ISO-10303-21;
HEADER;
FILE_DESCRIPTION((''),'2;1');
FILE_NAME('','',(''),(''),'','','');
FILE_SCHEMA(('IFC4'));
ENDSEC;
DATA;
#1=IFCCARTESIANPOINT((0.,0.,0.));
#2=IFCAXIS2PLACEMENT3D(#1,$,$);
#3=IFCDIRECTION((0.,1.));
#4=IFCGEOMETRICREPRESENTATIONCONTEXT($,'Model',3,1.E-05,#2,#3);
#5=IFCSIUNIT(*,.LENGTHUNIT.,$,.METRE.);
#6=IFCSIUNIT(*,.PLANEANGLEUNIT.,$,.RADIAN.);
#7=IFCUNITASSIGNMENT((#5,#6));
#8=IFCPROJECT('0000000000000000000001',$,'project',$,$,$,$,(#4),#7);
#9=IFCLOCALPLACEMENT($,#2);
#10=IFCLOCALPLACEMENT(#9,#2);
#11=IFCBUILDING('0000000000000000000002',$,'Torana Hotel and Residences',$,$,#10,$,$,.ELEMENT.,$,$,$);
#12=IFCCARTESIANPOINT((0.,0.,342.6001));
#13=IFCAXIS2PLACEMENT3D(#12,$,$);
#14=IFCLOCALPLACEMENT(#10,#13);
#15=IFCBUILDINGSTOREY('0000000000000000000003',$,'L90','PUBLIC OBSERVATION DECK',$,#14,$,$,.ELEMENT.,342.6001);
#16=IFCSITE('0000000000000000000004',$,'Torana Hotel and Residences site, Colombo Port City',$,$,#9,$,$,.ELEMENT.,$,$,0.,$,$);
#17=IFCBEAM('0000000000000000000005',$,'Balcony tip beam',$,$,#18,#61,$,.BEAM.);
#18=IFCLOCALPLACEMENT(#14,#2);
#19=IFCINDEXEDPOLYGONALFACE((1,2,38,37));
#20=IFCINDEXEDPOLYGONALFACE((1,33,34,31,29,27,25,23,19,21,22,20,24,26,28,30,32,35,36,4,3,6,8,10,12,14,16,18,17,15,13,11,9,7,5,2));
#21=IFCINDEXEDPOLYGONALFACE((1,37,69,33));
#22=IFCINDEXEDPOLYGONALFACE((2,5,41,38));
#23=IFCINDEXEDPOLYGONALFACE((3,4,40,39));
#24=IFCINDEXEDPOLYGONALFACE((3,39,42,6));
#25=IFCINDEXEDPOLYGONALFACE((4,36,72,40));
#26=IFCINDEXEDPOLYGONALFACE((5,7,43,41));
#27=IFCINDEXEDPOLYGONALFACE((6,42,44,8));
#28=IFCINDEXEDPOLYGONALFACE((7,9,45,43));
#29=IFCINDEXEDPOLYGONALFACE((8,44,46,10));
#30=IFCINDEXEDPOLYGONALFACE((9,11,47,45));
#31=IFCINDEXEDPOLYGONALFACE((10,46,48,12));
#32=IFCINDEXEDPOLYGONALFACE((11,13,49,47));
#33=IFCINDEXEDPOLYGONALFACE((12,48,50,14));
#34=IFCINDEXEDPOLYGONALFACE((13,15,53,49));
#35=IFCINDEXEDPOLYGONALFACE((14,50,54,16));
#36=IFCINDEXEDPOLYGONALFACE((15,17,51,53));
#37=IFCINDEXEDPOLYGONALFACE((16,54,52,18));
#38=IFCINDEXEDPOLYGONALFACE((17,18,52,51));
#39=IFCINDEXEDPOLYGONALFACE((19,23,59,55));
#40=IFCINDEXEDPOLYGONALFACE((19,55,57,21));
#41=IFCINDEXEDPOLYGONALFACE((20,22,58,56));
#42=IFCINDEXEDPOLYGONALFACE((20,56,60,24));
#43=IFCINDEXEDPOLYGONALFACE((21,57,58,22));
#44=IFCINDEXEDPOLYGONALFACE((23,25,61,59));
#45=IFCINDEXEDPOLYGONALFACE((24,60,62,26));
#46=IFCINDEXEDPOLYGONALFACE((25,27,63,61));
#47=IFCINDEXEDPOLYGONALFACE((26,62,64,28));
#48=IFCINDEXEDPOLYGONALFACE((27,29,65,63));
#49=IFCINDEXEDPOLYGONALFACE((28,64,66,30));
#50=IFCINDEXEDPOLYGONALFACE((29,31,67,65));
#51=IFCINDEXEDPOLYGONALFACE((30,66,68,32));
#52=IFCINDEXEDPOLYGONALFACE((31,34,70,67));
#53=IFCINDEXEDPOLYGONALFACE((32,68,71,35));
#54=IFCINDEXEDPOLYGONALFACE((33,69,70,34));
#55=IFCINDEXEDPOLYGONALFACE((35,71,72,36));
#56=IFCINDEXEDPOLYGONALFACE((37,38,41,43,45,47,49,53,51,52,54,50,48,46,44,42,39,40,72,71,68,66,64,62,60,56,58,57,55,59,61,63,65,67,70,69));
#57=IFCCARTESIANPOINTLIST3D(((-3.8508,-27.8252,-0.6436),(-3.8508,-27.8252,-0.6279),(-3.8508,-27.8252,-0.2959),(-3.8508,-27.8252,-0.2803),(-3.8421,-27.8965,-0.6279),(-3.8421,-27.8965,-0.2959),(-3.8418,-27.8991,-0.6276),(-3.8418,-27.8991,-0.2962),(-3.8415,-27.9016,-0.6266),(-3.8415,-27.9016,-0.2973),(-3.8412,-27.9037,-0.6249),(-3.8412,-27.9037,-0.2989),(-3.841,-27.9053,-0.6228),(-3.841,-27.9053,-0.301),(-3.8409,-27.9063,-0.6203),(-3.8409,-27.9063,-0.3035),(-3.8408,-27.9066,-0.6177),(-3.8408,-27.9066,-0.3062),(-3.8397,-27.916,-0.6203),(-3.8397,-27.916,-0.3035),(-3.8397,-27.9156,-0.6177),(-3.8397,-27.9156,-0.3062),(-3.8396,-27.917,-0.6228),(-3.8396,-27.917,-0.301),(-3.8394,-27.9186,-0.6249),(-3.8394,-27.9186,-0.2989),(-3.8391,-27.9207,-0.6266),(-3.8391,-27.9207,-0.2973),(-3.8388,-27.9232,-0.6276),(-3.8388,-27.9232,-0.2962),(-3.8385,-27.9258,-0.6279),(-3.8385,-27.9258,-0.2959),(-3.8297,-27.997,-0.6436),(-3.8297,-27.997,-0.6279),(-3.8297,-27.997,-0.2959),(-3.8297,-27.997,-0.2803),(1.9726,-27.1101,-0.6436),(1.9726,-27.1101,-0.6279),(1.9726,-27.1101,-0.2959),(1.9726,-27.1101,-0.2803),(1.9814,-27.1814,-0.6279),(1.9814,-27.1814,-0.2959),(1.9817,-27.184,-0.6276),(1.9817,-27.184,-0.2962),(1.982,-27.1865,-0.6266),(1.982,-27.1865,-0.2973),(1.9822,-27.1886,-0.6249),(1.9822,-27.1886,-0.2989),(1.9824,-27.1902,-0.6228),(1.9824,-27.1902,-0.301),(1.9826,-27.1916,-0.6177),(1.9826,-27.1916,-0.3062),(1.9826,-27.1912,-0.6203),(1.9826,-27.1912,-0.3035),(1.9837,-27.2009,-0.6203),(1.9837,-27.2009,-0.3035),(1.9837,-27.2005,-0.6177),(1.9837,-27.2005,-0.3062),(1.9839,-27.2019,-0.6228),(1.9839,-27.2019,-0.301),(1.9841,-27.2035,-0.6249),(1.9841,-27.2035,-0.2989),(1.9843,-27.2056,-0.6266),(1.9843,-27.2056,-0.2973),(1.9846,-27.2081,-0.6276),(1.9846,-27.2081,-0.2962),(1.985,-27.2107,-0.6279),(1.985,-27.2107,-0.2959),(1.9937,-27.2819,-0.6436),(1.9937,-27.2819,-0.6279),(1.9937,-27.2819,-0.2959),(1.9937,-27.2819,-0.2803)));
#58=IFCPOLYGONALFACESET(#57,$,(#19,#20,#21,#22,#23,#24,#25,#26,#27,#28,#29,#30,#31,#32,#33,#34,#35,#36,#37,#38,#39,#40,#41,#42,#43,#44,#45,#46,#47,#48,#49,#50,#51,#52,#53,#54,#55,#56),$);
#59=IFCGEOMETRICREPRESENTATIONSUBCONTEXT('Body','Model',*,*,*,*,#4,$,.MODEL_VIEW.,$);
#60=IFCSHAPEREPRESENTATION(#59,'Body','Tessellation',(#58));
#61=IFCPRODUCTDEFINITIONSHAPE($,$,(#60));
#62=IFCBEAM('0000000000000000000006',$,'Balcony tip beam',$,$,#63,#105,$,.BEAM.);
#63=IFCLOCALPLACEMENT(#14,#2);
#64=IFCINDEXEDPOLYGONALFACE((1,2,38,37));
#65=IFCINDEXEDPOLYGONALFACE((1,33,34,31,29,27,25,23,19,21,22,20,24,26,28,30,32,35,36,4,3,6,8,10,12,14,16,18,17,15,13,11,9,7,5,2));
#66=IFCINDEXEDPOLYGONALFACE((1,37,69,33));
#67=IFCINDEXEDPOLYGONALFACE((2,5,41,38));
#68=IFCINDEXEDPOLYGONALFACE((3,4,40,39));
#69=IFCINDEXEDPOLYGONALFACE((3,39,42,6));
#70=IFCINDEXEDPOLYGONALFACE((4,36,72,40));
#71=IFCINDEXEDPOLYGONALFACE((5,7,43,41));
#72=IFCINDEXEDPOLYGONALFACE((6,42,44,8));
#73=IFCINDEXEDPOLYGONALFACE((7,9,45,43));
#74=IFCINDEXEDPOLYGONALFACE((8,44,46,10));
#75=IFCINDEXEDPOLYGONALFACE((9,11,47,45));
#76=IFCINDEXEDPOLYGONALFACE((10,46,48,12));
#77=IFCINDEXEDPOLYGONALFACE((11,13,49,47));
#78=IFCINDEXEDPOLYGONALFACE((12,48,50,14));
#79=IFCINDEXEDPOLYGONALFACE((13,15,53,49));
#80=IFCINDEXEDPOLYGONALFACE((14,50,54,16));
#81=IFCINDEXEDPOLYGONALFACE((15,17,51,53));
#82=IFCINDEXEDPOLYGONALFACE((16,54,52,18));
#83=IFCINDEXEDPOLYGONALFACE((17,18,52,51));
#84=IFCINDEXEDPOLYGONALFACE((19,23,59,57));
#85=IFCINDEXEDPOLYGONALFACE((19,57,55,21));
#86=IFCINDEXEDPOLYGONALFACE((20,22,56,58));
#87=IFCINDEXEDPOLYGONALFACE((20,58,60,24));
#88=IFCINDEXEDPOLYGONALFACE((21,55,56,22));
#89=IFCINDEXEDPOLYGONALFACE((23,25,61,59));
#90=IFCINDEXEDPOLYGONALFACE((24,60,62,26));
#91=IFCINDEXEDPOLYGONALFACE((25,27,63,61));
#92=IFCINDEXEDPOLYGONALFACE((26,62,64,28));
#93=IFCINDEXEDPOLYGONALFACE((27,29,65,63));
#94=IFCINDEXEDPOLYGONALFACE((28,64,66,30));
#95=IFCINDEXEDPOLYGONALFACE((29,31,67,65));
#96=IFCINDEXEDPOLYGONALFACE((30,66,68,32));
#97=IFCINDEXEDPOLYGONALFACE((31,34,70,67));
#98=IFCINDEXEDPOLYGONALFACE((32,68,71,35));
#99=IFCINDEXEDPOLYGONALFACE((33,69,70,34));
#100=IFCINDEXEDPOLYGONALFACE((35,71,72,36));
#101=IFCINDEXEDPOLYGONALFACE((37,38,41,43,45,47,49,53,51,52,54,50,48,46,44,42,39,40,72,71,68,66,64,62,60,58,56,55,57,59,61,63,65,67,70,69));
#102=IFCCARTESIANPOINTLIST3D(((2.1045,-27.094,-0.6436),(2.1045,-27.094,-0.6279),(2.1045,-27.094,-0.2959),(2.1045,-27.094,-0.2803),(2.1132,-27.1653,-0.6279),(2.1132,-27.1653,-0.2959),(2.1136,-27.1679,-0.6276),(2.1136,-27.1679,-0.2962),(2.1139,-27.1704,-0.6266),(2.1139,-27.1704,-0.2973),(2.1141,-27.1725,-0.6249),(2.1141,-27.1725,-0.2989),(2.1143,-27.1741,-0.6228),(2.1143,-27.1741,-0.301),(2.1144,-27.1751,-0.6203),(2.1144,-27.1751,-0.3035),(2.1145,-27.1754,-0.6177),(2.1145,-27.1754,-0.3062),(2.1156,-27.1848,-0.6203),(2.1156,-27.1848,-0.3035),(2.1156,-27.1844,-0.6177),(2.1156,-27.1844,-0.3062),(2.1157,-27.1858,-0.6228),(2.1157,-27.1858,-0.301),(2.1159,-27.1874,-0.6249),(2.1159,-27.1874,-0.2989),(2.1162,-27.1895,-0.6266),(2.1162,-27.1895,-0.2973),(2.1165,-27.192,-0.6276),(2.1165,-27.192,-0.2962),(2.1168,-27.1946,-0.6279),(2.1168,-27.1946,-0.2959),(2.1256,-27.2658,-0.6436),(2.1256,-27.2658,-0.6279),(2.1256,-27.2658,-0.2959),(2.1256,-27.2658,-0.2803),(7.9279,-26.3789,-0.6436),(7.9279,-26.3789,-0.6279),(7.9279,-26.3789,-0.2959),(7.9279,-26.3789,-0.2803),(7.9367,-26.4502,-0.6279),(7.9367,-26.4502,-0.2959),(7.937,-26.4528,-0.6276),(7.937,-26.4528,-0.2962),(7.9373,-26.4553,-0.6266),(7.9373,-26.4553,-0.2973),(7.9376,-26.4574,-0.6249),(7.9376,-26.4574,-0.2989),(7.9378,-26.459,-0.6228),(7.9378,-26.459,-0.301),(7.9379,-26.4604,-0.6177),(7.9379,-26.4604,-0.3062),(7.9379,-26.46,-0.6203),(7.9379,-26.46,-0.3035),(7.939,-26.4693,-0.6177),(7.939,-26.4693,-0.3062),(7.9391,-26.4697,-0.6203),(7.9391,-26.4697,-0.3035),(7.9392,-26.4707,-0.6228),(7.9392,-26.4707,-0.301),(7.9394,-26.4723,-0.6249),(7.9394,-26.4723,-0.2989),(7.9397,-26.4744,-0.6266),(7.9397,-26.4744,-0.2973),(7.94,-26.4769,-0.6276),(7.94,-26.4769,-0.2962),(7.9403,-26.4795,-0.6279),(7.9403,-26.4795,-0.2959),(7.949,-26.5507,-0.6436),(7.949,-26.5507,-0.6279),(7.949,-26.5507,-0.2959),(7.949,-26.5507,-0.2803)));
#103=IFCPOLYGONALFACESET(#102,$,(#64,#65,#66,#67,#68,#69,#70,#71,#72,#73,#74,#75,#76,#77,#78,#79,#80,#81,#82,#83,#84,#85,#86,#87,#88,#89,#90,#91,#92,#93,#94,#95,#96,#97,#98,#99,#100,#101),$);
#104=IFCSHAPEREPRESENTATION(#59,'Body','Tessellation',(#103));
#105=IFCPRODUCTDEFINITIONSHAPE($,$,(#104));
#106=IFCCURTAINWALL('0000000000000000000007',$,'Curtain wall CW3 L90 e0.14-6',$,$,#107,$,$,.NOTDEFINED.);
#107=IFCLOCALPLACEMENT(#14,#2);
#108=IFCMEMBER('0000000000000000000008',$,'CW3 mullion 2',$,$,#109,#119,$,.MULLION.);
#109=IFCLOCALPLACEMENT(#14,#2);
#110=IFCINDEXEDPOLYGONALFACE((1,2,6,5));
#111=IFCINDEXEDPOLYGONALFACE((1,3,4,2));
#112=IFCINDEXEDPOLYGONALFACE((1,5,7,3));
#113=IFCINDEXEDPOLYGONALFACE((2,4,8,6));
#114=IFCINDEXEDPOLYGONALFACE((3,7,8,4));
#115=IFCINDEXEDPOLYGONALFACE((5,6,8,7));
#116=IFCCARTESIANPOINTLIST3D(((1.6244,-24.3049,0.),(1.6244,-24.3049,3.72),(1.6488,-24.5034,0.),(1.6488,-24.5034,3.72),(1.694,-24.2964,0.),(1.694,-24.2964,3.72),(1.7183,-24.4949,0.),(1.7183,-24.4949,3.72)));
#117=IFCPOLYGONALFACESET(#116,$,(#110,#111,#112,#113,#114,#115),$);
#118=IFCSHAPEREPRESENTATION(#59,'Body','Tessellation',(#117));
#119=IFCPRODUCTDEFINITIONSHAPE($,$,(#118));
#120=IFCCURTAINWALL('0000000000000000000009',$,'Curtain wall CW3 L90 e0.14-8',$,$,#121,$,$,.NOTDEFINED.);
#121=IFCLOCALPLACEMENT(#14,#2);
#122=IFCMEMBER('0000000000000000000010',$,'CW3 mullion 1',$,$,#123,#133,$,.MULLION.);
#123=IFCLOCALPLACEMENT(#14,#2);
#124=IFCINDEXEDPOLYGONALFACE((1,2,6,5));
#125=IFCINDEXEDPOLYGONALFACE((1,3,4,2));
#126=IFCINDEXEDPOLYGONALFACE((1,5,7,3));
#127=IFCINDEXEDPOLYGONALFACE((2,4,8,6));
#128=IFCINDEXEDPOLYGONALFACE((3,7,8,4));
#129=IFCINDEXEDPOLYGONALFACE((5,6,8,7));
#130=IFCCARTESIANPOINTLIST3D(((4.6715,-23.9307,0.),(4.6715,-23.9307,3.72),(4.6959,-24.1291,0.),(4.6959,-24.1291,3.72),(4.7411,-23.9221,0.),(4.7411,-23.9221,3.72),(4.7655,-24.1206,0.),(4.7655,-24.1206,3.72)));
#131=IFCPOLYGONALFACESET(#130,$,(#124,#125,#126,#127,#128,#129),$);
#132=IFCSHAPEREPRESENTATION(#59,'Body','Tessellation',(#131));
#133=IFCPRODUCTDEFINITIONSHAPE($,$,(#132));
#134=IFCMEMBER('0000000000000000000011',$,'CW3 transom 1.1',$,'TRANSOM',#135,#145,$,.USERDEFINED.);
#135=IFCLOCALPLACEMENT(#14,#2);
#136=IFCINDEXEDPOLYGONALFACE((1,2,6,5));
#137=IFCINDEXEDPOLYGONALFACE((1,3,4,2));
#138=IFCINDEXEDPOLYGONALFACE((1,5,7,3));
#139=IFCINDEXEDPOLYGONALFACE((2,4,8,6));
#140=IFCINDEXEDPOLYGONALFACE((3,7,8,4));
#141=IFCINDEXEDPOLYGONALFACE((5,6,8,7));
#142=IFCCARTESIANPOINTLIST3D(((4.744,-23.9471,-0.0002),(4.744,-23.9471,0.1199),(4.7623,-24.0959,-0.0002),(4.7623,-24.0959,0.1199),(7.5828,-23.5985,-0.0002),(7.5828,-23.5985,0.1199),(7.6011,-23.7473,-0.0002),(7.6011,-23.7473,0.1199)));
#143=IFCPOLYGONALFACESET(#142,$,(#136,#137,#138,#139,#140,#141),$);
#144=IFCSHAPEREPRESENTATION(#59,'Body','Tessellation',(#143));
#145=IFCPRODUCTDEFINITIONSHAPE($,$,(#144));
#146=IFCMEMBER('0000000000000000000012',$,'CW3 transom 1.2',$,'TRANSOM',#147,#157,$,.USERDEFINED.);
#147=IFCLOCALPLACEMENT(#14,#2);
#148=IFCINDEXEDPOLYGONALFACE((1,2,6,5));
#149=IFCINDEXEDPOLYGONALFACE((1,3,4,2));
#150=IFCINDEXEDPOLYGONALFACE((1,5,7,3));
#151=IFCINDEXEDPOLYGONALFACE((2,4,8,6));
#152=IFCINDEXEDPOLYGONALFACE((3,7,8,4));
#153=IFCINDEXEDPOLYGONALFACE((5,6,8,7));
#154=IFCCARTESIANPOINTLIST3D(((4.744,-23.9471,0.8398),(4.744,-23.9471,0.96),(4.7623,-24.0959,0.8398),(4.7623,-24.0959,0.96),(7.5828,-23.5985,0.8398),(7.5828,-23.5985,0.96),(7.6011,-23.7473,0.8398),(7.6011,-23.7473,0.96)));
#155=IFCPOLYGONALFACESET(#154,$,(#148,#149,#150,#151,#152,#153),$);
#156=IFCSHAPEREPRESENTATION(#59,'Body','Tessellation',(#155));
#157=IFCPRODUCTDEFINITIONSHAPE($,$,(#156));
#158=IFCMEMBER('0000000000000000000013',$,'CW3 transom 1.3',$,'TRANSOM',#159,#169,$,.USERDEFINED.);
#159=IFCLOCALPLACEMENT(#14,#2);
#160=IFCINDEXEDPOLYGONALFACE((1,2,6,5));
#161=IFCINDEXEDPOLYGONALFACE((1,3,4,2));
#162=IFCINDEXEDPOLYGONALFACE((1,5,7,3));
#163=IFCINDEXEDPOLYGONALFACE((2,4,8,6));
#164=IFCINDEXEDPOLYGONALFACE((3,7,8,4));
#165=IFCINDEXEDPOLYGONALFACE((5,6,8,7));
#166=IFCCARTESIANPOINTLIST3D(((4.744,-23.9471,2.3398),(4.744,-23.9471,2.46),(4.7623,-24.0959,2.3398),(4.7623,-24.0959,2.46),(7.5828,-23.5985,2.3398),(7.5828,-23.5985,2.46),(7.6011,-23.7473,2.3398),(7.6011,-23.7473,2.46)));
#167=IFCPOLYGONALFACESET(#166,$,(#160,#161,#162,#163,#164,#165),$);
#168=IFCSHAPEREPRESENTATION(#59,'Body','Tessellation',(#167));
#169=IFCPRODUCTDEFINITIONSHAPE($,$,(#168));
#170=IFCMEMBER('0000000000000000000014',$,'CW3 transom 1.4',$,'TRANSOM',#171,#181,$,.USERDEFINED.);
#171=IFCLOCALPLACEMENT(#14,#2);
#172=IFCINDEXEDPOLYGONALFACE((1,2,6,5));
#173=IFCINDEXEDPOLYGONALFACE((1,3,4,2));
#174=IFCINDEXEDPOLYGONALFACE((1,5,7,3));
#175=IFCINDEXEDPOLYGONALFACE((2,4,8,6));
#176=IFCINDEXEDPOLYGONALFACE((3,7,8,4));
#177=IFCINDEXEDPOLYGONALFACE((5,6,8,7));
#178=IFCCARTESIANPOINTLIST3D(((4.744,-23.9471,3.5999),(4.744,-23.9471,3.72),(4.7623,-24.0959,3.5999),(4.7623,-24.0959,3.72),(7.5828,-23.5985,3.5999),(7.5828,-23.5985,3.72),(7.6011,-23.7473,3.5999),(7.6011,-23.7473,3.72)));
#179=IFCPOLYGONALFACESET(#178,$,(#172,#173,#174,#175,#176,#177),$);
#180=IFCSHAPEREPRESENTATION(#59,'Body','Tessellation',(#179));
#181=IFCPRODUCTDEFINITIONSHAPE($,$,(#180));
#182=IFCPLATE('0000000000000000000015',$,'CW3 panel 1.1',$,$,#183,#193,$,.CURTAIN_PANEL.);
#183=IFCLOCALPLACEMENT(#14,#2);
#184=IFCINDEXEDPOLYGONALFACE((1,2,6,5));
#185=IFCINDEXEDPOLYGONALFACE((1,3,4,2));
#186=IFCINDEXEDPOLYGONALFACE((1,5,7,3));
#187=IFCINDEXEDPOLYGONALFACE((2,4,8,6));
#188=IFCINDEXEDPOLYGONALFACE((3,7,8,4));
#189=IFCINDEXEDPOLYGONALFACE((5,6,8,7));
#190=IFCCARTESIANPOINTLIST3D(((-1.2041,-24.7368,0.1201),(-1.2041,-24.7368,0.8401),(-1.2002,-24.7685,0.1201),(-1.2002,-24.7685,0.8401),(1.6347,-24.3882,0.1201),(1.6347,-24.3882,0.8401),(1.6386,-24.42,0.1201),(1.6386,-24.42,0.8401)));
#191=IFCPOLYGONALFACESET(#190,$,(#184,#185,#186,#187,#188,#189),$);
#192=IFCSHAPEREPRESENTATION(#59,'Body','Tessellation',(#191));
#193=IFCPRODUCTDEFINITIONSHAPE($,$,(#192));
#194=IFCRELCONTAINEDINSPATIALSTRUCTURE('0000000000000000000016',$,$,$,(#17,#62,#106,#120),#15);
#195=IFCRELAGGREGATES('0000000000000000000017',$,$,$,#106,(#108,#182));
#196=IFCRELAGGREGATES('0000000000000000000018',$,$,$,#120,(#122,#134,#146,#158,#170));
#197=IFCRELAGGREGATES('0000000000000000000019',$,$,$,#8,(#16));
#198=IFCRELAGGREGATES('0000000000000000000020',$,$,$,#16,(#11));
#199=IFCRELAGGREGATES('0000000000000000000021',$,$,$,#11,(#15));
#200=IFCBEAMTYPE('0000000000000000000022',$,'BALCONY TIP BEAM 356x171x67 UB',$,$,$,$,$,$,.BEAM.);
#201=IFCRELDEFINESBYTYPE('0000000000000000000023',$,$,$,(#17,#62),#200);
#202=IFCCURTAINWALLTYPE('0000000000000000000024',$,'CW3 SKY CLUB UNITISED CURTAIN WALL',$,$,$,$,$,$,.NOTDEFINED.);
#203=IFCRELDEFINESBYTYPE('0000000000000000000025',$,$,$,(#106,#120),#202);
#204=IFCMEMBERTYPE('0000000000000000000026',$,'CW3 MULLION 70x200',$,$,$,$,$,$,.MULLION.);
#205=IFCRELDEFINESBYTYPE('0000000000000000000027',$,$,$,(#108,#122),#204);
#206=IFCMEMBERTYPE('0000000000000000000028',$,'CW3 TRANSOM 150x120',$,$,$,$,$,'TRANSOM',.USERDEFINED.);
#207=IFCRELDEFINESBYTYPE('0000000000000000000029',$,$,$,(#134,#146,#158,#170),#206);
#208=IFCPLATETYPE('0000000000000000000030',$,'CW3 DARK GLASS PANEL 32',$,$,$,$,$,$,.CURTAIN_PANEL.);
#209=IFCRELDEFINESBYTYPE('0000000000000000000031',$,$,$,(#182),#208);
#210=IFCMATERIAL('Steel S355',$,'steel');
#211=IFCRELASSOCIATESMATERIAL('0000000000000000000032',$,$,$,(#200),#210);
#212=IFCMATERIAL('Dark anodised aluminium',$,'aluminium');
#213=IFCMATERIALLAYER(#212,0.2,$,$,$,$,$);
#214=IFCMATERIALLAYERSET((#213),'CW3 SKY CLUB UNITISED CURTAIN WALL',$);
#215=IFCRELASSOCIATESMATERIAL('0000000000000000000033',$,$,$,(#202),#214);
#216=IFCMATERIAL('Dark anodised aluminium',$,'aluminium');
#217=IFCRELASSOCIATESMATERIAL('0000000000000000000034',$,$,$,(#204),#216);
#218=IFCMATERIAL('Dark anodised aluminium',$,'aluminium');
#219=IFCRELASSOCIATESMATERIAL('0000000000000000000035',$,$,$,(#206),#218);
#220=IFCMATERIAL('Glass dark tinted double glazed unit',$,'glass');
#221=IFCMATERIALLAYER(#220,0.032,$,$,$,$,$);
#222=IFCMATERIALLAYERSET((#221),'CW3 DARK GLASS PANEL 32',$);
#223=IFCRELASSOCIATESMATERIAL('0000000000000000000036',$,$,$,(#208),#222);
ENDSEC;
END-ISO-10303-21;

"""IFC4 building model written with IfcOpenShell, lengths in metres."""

from ifc_helpers import new_model, si_unit, direction, frame, origin, origin_2d, place, context, subcontext, project, spatial, rectangle, i_section, extrude, material, layer, layer_set, material_profile, profile_set, type_object, element, aggregate, save


model = new_model("IFC4")

# Units and contexts
model_context = context("Model", 3, precision=1e-05, world=origin(), true_north=direction((0.0, 1.0)))
body_context = subcontext(model_context, "Body", "Model", "MODEL_VIEW")
ifc_project = project(units=[si_unit("LENGTHUNIT", "METRE"), si_unit("PLANEANGLEUNIT", "RADIAN")], contexts=[model_context])

# Site, building, storey
site_placement = place(None, origin())
site = spatial("IfcSite", under=ifc_project, at=site_placement, Name="Torana Hotel and Residences site, Colombo Port City", CompositionType="ELEMENT", RefElevation=0.0)
building_placement = place(site_placement, origin())
building = spatial("IfcBuilding", under=site, at=building_placement, Name="Torana Hotel and Residences", CompositionType="ELEMENT")
storey_placement = place(building_placement, frame((0.0, 0.0, 342.6001)))
storey = spatial("IfcBuildingStorey", under=building, at=storey_placement, Name="L90", Description="PUBLIC OBSERVATION DECK", CompositionType="ELEMENT", Elevation=342.6001)

# Beams
ifc_material_1 = material(Name="Steel S355", Category="steel")
ifc_material_profile_1 = material_profile(ifc_material_1, i_section(OverallWidth=0.1731, OverallDepth=0.3633, WebThickness=0.009, FlangeThickness=0.0156, FilletRadius=0.0103, at=origin_2d()), Name="356x171x67 UB")
ifc_profile_set_1 = profile_set([ifc_material_profile_1], Name="Steel S355")
beam_type = type_object("IfcBeamType", Name="BALCONY TIP BEAM 356x171x67 UB", PredefinedType="BEAM", material=ifc_profile_set_1)
for number, where, z_axis, x_axis, name in (
    (1, (1.9832, -27.196, -0.4619), (-0.992545, -0.121878, 0.0), (0.121878, -0.992545, 0.0), "Balcony tip beam"),
    (2, (7.9385, -26.4648, -0.4619), (-0.992545, -0.121878, 0.0), (0.121878, -0.992545, 0.0), "Balcony tip beam"),
):
    element("IfcBeam", number, at=place(storey_placement, frame(where, z_axis=z_axis, x_axis=x_axis)), inside=storey, type_object=beam_type, Name=name, PredefinedType="BEAM", context=body_context, shape_type="SweptSolid", body=[
        extrude(i_section(OverallWidth=0.1731, OverallDepth=0.3633, WebThickness=0.009, FlangeThickness=0.0156, FilletRadius=0.0103, at=origin_2d()), origin(), (0.0, 0.0, 1.0), 5.8672),
    ])

# Curtain wall, member
ifc_material_2 = material(Name="Dark anodised aluminium", Category="aluminium")
ifc_layer_1 = layer(ifc_material_2, 0.2)
ifc_layer_set_1 = layer_set([ifc_layer_1], Name="CW3 SKY CLUB UNITISED CURTAIN WALL")
curtain_wall_type = type_object("IfcCurtainWallType", Name="CW3 SKY CLUB UNITISED CURTAIN WALL", PredefinedType="NOTDEFINED", material=ifc_layer_set_1)
curtain_wall_1_placement = place(storey_placement, origin())
curtain_wall_1 = element("IfcCurtainWall", 3, at=curtain_wall_1_placement, inside=storey, type_object=curtain_wall_type, Name="Curtain wall CW3 L90 e0.14-6", PredefinedType="NOTDEFINED")
ifc_material_3 = material(Name="Dark anodised aluminium", Category="aluminium")
ifc_material_profile_2 = material_profile(ifc_material_3, rectangle(XDim=0.2, YDim=0.0701, at=origin_2d()), Name="CW3 MULLION 70x200")
ifc_profile_set_2 = profile_set([ifc_material_profile_2], Name="Dark anodised aluminium")
member_type_1 = type_object("IfcMemberType", Name="CW3 MULLION 70x200", PredefinedType="MULLION", material=ifc_profile_set_2)
member_1_placement = place(storey_placement, frame((1.6714, -24.3999, 0.0), z_axis=(0.0, 0.0, 1.0), x_axis=(-0.121864, 0.992547, 0.0)))
member_1 = element("IfcMember", 4, at=member_1_placement, type_object=member_type_1, Name="CW3 mullion 2", PredefinedType="MULLION", context=body_context, shape_type="SweptSolid", body=[
    extrude(rectangle(XDim=0.2, YDim=0.0701, at=origin_2d()), origin(), (0.0, 0.0, 1.0), 3.72),
])

# Curtain wall, members
curtain_wall_2_placement = place(storey_placement, origin())
curtain_wall_2 = element("IfcCurtainWall", 5, at=curtain_wall_2_placement, inside=storey, type_object=curtain_wall_type, Name="Curtain wall CW3 L90 e0.14-8", PredefinedType="NOTDEFINED")
member_2_placement = place(storey_placement, frame((4.7185, -24.0256, 0.0), z_axis=(0.0, 0.0, 1.0), x_axis=(-0.121868, 0.992546, 0.0)))
member_2 = element("IfcMember", 6, at=member_2_placement, type_object=member_type_1, Name="CW3 mullion 1", PredefinedType="MULLION", context=body_context, shape_type="SweptSolid", body=[
    extrude(rectangle(XDim=0.2, YDim=0.0701, at=origin_2d()), origin(), (0.0, 0.0, 1.0), 3.72),
])
ifc_material_4 = material(Name="Dark anodised aluminium", Category="aluminium")
ifc_material_profile_3 = material_profile(ifc_material_4, rectangle(XDim=0.1499, YDim=0.1201, at=origin_2d()), Name="CW3 TRANSOM 150x120")
ifc_profile_set_3 = profile_set([ifc_material_profile_3], Name="Dark anodised aluminium")
member_type_2 = type_object("IfcMemberType", Name="CW3 TRANSOM 150x120", ElementType="TRANSOM", PredefinedType="USERDEFINED", material=ifc_profile_set_3)
member_3_placement = place(storey_placement, frame((4.7532, -24.0215, 0.0598), z_axis=(0.992543, 0.121891, 0.0), x_axis=(-0.121891, 0.992543, 0.0)))
member_3 = element("IfcMember", 7, at=member_3_placement, type_object=member_type_2, Name="CW3 transom 1.1", ObjectType="TRANSOM", PredefinedType="USERDEFINED", context=body_context, shape_type="SweptSolid", body=[
    extrude(rectangle(XDim=0.1499, YDim=0.1201, at=origin_2d()), origin(), (0.0, 0.0, 1.0), 2.8601),
])
member_4_placement = place(storey_placement, frame((4.7532, -24.0215, 0.8999), z_axis=(0.992543, 0.121891, 0.0), x_axis=(-0.121891, 0.992543, 0.0)))
member_4 = element("IfcMember", 8, at=member_4_placement, type_object=member_type_2, Name="CW3 transom 1.2", ObjectType="TRANSOM", PredefinedType="USERDEFINED", context=body_context, shape_type="SweptSolid", body=[
    extrude(rectangle(XDim=0.1499, YDim=0.1201, at=origin_2d()), origin(), (0.0, 0.0, 1.0), 2.8601),
])
member_5_placement = place(storey_placement, frame((4.7532, -24.0215, 2.3999), z_axis=(0.992543, 0.121891, 0.0), x_axis=(-0.121891, 0.992543, 0.0)))
member_5 = element("IfcMember", 9, at=member_5_placement, type_object=member_type_2, Name="CW3 transom 1.3", ObjectType="TRANSOM", PredefinedType="USERDEFINED", context=body_context, shape_type="SweptSolid", body=[
    extrude(rectangle(XDim=0.1499, YDim=0.1201, at=origin_2d()), origin(), (0.0, 0.0, 1.0), 2.8601),
])
member_6_placement = place(storey_placement, frame((4.7532, -24.0215, 3.6599), z_axis=(0.992543, 0.121891, 0.0), x_axis=(-0.121891, 0.992543, 0.0)))
member_6 = element("IfcMember", 10, at=member_6_placement, type_object=member_type_2, Name="CW3 transom 1.4", ObjectType="TRANSOM", PredefinedType="USERDEFINED", context=body_context, shape_type="SweptSolid", body=[
    extrude(rectangle(XDim=0.1499, YDim=0.1201, at=origin_2d()), origin(), (0.0, 0.0, 1.0), 2.8601),
])

# Plate
ifc_material_5 = material(Name="Glass dark tinted double glazed unit", Category="glass")
ifc_layer_2 = layer(ifc_material_5, 0.032)
ifc_layer_set_2 = layer_set([ifc_layer_2], Name="CW3 DARK GLASS PANEL 32")
plate_type = type_object("IfcPlateType", Name="CW3 DARK GLASS PANEL 32", PredefinedType="CURTAIN_PANEL", material=ifc_layer_set_2)
plate_1_placement = place(storey_placement, frame((0.2173, -24.5784, 0.1201), z_axis=(0.0, 0.0, 1.0), x_axis=(0.992547, 0.121864, 0.0)))
plate_1 = element("IfcPlate", 11, at=plate_1_placement, type_object=plate_type, Name="CW3 panel 1.1", PredefinedType="CURTAIN_PANEL", context=body_context, shape_type="SweptSolid", body=[
    extrude(rectangle(XDim=2.8601, YDim=0.032, at=origin_2d()), origin(), (0.0, 0.0, 1.0), 0.72),
])
aggregate(curtain_wall_1, [member_1, plate_1])
aggregate(curtain_wall_2, [member_2, member_3, member_4, member_5, member_6])

save(model, "model.ifc")
